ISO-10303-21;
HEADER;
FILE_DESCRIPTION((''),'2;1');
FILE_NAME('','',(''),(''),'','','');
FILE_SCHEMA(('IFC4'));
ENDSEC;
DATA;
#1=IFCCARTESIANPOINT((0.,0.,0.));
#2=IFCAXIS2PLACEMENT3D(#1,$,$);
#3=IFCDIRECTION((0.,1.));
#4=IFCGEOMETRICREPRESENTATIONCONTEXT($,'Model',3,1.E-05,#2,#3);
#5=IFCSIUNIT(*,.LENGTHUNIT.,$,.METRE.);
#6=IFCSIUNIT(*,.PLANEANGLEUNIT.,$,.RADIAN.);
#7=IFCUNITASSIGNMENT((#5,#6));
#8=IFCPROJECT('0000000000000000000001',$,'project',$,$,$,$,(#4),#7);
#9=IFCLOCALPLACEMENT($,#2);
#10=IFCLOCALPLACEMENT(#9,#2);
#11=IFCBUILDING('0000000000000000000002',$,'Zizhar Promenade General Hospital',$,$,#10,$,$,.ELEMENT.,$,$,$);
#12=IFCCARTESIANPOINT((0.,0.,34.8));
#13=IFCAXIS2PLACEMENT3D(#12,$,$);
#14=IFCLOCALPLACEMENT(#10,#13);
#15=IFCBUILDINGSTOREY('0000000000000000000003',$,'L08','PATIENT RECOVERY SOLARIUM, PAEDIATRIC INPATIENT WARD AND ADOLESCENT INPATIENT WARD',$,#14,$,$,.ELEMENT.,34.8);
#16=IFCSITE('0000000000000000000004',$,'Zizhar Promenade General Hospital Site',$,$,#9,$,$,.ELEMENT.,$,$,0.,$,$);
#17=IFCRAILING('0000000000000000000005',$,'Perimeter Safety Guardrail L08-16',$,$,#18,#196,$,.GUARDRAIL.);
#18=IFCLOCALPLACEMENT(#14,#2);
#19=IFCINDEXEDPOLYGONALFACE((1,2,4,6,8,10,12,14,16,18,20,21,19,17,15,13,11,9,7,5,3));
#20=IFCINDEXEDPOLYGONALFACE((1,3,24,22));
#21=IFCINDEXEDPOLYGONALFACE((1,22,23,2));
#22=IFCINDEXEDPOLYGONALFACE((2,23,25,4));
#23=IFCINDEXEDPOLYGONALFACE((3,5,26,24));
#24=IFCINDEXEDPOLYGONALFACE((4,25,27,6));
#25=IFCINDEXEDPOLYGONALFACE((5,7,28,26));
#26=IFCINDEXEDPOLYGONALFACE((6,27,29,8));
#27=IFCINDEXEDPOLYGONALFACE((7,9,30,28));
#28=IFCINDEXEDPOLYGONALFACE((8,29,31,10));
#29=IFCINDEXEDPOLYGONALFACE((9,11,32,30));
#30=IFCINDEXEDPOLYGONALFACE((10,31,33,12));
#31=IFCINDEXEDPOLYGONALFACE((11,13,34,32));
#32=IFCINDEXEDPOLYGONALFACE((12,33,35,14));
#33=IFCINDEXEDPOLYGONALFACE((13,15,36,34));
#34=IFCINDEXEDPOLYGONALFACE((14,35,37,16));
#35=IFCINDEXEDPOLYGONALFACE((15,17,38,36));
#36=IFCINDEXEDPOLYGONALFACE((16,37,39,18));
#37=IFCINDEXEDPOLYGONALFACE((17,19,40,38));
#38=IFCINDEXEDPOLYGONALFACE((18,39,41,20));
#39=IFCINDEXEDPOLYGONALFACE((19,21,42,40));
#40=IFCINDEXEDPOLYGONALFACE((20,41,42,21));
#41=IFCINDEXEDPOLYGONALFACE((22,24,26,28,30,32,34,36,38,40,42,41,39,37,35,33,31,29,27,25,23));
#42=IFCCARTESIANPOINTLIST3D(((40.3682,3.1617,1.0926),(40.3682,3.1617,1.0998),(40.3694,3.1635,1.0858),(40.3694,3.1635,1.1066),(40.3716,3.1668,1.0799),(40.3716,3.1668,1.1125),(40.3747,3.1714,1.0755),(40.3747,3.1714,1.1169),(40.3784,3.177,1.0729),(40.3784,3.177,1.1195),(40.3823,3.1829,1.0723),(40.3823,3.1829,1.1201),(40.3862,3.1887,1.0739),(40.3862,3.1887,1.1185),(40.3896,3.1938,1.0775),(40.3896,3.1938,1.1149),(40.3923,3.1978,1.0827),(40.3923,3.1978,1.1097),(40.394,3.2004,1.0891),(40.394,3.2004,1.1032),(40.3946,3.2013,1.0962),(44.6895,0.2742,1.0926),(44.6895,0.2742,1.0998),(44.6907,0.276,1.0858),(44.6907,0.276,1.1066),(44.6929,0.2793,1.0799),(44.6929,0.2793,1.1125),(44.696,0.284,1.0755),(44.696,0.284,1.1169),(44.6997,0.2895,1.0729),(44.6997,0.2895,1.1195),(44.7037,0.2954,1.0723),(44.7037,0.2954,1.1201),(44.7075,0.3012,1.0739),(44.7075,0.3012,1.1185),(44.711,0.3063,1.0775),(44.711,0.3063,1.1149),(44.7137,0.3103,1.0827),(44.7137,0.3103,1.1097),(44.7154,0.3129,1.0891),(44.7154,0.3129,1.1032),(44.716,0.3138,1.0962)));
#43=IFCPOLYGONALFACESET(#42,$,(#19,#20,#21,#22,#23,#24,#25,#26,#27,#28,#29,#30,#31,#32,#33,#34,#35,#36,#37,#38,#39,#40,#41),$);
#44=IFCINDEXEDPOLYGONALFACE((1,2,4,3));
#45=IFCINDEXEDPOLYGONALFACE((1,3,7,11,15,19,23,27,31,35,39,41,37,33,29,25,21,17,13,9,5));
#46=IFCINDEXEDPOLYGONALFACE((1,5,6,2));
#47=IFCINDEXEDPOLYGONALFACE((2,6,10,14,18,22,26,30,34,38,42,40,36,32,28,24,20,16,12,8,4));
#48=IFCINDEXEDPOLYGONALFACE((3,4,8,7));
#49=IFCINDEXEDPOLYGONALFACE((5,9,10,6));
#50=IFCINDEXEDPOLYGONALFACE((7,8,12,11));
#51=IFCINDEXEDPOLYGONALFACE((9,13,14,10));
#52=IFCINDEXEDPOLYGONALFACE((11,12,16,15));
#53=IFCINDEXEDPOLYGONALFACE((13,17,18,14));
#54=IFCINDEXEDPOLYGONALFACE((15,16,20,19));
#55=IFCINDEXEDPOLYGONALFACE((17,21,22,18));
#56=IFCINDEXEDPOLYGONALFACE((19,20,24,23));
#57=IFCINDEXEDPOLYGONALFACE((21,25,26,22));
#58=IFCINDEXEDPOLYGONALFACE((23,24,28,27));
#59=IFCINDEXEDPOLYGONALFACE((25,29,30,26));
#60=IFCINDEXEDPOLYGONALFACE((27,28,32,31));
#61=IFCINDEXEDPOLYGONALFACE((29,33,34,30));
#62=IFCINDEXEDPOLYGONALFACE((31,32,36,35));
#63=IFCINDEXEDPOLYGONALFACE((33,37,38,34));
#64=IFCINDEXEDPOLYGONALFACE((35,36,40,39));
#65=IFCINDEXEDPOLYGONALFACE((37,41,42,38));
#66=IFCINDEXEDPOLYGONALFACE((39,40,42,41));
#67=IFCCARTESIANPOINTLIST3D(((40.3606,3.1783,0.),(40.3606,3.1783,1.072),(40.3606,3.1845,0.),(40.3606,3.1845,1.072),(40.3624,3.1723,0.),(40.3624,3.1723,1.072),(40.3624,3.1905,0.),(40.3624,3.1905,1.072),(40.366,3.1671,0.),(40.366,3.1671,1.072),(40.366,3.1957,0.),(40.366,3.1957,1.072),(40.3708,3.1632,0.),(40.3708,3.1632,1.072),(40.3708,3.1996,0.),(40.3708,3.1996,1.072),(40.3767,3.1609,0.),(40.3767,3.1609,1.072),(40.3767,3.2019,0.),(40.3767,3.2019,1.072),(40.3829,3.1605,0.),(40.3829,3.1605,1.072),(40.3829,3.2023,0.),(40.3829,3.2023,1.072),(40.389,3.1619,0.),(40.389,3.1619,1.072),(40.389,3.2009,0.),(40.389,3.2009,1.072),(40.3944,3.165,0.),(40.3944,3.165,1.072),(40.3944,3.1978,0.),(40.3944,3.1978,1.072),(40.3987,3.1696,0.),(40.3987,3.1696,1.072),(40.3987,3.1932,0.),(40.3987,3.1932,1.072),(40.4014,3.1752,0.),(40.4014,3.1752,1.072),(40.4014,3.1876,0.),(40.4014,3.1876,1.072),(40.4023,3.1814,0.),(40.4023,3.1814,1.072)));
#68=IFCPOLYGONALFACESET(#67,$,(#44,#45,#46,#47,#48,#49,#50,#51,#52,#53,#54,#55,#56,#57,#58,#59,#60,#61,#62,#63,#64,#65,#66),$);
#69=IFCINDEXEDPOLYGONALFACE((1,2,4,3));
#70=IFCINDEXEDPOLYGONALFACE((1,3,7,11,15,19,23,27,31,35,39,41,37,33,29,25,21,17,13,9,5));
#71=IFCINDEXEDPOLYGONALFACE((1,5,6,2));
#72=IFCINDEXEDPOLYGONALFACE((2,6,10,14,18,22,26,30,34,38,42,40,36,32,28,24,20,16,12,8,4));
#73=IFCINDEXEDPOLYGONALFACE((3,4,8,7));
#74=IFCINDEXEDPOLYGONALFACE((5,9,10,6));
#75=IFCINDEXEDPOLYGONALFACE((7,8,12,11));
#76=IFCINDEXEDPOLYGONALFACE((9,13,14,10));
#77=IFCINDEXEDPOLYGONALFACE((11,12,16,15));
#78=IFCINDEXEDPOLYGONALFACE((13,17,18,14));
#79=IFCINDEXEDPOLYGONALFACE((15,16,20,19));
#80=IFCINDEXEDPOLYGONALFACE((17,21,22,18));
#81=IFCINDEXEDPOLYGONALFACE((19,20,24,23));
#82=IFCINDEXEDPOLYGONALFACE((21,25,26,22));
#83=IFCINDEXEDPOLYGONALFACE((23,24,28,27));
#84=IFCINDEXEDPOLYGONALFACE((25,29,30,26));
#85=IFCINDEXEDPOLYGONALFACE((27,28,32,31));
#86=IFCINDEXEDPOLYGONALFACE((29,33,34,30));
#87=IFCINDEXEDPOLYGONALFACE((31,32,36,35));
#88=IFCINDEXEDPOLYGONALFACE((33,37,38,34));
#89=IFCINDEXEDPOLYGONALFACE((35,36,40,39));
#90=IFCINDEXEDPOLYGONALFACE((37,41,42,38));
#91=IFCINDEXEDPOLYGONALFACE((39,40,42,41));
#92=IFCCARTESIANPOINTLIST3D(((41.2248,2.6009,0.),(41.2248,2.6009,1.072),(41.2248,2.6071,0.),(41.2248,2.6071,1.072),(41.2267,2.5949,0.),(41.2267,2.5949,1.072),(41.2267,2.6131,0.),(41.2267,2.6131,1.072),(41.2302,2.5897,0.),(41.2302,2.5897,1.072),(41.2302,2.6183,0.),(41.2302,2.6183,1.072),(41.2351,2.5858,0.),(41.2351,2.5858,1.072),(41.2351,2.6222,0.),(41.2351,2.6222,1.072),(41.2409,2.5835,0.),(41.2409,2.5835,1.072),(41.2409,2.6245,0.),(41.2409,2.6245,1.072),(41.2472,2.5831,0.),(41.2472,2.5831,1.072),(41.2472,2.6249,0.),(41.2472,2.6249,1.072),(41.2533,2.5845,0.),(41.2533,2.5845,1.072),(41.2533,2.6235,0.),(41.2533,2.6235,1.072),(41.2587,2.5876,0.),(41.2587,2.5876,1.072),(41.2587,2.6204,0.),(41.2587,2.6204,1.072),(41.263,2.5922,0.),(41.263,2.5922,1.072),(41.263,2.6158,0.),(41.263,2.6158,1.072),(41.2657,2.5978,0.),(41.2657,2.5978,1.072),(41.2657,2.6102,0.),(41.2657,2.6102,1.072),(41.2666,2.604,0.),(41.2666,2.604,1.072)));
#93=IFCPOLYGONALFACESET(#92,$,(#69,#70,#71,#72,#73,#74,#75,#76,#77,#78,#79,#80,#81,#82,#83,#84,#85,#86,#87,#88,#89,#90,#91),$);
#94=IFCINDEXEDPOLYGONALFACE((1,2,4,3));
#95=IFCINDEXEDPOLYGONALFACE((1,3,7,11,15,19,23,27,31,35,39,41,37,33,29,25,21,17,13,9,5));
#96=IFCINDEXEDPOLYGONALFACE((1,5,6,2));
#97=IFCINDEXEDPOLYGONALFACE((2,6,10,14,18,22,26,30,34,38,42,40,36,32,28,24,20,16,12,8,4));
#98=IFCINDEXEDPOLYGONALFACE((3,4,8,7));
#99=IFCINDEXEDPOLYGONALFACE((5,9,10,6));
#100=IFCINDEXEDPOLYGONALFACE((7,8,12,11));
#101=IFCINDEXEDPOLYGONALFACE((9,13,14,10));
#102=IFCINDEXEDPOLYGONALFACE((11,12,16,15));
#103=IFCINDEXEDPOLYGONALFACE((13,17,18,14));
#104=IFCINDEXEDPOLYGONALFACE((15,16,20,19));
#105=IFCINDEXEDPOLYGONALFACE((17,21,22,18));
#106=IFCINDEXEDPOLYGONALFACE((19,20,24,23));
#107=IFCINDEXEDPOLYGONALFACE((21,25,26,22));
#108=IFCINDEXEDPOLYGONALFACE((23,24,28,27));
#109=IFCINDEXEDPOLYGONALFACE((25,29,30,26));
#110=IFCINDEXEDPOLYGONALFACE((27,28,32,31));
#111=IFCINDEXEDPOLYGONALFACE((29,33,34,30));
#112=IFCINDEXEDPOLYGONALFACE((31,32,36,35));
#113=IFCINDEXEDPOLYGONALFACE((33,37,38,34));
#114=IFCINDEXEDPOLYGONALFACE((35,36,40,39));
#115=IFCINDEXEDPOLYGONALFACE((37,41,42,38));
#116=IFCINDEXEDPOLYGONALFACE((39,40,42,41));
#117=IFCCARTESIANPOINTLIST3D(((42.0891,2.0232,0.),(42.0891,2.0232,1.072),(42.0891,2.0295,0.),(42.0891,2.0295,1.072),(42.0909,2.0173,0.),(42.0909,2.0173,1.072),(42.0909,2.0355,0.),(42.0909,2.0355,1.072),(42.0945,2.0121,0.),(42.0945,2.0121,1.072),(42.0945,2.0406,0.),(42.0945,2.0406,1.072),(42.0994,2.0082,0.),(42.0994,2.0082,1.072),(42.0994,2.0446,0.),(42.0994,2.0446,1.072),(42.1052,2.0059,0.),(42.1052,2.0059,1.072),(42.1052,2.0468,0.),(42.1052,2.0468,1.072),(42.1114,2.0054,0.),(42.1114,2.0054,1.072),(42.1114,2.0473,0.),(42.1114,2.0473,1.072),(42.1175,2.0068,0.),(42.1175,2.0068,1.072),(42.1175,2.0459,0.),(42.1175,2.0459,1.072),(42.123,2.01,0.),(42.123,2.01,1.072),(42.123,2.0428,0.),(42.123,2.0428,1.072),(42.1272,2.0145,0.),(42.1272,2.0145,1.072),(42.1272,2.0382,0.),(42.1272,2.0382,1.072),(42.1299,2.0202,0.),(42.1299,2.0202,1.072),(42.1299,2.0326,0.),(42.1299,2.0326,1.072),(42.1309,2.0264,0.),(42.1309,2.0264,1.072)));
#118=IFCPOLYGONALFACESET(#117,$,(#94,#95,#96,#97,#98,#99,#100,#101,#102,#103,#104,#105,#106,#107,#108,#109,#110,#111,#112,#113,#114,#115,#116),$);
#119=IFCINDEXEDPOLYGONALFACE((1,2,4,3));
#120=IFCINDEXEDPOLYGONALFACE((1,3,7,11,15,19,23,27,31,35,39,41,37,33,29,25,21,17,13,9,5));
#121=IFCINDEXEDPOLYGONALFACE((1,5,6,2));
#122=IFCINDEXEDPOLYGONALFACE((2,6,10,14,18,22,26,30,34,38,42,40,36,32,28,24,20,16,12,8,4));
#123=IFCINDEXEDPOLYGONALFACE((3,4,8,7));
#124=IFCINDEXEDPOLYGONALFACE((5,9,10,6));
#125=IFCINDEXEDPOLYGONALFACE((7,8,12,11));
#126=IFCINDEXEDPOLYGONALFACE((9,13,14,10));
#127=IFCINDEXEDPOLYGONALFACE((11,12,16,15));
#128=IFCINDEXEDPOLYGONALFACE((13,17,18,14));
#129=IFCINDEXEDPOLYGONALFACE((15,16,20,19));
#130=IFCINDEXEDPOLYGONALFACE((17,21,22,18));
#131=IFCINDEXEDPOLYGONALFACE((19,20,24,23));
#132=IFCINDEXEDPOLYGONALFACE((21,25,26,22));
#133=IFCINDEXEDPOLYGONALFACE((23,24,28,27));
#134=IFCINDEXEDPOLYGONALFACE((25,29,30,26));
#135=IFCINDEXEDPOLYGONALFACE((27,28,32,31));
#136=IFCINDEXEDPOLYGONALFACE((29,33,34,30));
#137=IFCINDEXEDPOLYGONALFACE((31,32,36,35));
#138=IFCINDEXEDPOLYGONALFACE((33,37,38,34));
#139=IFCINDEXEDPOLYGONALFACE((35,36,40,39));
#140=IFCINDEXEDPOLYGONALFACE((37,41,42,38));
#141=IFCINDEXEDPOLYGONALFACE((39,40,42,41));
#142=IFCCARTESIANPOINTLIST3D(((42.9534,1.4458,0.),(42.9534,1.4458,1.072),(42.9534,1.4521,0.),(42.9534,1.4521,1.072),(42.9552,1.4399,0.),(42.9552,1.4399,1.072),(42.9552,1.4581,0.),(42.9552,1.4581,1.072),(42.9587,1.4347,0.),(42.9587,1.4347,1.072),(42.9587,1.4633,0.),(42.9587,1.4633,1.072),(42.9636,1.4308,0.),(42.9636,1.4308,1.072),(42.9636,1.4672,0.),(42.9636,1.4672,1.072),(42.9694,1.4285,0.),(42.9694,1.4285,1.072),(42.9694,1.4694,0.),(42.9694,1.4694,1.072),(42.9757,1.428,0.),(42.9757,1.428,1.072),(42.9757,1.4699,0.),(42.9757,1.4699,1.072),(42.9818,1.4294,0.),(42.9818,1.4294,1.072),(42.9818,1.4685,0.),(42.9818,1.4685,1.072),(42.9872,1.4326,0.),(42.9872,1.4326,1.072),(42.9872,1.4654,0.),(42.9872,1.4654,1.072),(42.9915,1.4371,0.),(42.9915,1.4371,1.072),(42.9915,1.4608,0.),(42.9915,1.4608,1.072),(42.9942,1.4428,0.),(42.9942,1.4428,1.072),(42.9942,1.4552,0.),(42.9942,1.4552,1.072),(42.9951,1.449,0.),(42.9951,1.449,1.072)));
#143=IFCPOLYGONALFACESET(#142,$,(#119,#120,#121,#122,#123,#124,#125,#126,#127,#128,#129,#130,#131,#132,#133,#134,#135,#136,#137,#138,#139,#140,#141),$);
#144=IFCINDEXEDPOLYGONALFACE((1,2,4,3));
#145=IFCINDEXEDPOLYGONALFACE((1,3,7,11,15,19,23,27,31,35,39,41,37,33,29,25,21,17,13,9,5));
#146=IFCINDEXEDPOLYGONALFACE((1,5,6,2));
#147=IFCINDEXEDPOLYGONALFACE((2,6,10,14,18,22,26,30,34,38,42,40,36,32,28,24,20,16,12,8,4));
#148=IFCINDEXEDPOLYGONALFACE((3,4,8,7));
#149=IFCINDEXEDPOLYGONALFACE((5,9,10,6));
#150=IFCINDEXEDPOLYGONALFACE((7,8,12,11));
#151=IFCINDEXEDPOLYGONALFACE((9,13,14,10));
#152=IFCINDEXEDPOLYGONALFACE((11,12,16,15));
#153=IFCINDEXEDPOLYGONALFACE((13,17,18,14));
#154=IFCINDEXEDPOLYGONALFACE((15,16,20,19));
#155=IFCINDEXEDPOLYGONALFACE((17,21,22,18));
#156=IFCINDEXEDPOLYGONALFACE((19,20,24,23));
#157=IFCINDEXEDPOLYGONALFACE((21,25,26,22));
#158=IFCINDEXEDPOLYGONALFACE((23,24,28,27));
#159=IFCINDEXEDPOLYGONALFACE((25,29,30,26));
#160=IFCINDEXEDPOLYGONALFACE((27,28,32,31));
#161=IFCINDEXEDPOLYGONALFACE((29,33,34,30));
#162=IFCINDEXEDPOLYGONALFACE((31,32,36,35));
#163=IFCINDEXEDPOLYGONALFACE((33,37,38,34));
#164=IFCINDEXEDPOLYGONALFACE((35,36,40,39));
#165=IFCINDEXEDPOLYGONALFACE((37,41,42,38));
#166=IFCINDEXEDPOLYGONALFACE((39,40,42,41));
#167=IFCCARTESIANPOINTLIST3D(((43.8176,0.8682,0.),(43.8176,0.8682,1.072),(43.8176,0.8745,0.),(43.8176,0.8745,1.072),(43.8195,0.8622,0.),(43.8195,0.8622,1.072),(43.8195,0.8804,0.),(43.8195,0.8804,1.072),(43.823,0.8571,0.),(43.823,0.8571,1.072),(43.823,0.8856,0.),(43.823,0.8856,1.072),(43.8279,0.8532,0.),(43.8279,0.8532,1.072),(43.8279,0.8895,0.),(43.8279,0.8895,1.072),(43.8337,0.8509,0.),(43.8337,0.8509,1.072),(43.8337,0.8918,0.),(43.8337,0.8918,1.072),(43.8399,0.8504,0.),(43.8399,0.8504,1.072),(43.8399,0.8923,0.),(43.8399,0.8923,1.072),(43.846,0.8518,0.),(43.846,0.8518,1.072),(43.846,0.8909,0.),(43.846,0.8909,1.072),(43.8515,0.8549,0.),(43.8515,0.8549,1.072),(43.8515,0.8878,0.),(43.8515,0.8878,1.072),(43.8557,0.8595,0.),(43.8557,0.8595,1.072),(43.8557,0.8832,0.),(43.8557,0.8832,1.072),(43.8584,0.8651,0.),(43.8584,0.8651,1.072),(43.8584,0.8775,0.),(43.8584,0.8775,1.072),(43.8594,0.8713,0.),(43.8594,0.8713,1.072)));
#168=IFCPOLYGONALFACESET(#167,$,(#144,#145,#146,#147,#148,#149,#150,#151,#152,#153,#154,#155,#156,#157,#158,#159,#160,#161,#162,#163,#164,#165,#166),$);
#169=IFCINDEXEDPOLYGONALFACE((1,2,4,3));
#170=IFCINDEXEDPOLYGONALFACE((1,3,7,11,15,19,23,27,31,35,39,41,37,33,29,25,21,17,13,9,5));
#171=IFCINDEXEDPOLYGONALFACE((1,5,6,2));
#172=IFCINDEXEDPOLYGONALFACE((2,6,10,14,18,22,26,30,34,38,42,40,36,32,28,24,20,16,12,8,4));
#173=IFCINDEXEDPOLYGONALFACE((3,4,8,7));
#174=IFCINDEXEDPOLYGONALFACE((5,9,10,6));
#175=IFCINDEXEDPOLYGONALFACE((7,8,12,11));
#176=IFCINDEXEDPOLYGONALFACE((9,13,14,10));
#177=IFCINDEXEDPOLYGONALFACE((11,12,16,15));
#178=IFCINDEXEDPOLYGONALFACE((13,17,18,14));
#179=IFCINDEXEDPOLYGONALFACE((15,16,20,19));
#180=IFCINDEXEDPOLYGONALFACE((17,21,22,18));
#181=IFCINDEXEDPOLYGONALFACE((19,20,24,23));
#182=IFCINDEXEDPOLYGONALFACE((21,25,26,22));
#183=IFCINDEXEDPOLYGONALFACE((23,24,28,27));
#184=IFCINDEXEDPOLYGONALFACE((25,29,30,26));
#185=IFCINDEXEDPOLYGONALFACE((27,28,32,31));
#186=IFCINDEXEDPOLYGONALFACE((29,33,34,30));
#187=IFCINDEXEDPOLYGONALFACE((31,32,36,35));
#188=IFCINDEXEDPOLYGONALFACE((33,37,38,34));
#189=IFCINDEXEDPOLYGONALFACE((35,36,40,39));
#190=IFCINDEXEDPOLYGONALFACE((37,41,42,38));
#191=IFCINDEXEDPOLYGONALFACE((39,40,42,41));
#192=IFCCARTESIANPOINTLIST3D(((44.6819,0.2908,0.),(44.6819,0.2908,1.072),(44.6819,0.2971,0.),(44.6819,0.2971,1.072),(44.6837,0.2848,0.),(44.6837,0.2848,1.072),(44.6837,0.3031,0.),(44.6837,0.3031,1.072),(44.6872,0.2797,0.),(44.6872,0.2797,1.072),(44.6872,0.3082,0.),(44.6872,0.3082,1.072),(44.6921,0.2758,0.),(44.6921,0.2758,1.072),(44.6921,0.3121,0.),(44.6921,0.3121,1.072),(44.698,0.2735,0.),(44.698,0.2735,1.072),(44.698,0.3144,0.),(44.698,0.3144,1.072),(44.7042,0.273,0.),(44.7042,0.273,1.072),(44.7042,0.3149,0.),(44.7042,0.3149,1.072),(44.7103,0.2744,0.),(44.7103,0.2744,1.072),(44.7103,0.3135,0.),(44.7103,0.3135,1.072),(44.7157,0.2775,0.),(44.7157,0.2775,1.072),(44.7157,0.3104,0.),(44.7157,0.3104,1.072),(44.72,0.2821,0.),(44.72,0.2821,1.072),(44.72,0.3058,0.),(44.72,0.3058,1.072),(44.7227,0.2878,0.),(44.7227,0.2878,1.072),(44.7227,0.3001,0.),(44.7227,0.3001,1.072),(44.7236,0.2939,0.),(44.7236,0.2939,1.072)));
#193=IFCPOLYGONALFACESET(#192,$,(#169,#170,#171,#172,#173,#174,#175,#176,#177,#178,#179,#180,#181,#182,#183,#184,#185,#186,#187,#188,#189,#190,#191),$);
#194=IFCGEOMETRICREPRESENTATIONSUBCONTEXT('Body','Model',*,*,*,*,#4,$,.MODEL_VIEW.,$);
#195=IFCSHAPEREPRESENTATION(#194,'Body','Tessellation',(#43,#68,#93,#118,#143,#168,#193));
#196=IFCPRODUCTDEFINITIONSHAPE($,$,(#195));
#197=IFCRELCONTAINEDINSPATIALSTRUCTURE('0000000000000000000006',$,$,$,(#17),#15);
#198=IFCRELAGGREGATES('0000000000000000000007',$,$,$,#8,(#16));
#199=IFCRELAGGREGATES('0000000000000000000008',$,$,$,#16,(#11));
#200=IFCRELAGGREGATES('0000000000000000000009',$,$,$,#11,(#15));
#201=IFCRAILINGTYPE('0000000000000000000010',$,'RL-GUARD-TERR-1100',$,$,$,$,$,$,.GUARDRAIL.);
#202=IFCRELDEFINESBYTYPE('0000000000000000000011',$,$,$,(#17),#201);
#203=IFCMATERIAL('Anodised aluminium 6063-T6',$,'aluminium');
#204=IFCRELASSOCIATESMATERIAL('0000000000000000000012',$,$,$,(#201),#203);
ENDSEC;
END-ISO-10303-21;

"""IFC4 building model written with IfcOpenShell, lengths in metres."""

from ifc_helpers import new_model, si_unit, direction, frame, origin, origin_2d, place, context, subcontext, project, spatial, circle, hollow_circle, extrude, material, material_profile, profile_set, type_object, element, save


model = new_model("IFC4")

# Units and contexts
model_context = context("Model", 3, precision=1e-05, world=origin(), true_north=direction((0.0, 1.0)))
body_context = subcontext(model_context, "Body", "Model", "MODEL_VIEW")
ifc_project = project(units=[si_unit("LENGTHUNIT", "METRE"), si_unit("PLANEANGLEUNIT", "RADIAN")], contexts=[model_context])

# Site, building, storey
site_placement = place(None, origin())
site = spatial("IfcSite", under=ifc_project, at=site_placement, Name="Zizhar Promenade General Hospital Site", CompositionType="ELEMENT", RefElevation=0.0)
building_placement = place(site_placement, origin())
building = spatial("IfcBuilding", under=site, at=building_placement, Name="Zizhar Promenade General Hospital", CompositionType="ELEMENT")
storey_placement = place(building_placement, frame((0.0, 0.0, 34.8)))
storey = spatial("IfcBuildingStorey", under=building, at=storey_placement, Name="L08", Description="PATIENT RECOVERY SOLARIUM, PAEDIATRIC INPATIENT WARD AND ADOLESCENT INPATIENT WARD", CompositionType="ELEMENT", Elevation=34.8)

# Railing
ifc_material_1 = material(Name="Anodised aluminium 6063-T6", Category="aluminium")
ifc_material_profile_1 = material_profile(ifc_material_1, hollow_circle(Radius=0.0698, WallThickness=0.0063, at=origin_2d()))
ifc_profile_set_1 = profile_set([ifc_material_profile_1], Name="Anodised aluminium 6063-T6")
railing_type_1 = type_object("IfcRailingType", Name="RL-GUARD-TERR-1100", PredefinedType="GUARDRAIL", material=ifc_profile_set_1)
railing_1_placement = place(storey_placement, frame((40.3813, 3.1814, 0.0)))
element("IfcRailing", 1, at=railing_1_placement, inside=storey, type_object=railing_type_1, Name="Perimeter Safety Guardrail L08-16", PredefinedType="GUARDRAIL", context=body_context, shape_type="SweptSolid", body=[
    extrude(circle(Radius=0.0239, at=origin_2d()), frame((0.0, 0.0, 1.0962), z_axis=(0.831464, -0.555578, 0.0), x_axis=(0.555578, 0.831464, 0.0)), (0.0, 0.0, 1.0), 5.1973),
    extrude(circle(Radius=0.021, at=origin_2d()), origin(), (0.0, 0.0, 1.0), 1.072),
    extrude(circle(Radius=0.021, at=origin_2d()), frame((0.8643, -0.5774, 0.0)), (0.0, 0.0, 1.0), 1.072),
    extrude(circle(Radius=0.021, at=origin_2d()), frame((1.7285, -1.155, 0.0)), (0.0, 0.0, 1.0), 1.072),
    extrude(circle(Radius=0.021, at=origin_2d()), frame((2.5928, -1.7324, 0.0)), (0.0, 0.0, 1.0), 1.072),
    extrude(circle(Radius=0.021, at=origin_2d()), frame((3.457, -2.3101, 0.0)), (0.0, 0.0, 1.0), 1.072),
    extrude(circle(Radius=0.021, at=origin_2d()), frame((4.3213, -2.8875, 0.0)), (0.0, 0.0, 1.0), 1.072),
])

save(model, "model.ifc")
